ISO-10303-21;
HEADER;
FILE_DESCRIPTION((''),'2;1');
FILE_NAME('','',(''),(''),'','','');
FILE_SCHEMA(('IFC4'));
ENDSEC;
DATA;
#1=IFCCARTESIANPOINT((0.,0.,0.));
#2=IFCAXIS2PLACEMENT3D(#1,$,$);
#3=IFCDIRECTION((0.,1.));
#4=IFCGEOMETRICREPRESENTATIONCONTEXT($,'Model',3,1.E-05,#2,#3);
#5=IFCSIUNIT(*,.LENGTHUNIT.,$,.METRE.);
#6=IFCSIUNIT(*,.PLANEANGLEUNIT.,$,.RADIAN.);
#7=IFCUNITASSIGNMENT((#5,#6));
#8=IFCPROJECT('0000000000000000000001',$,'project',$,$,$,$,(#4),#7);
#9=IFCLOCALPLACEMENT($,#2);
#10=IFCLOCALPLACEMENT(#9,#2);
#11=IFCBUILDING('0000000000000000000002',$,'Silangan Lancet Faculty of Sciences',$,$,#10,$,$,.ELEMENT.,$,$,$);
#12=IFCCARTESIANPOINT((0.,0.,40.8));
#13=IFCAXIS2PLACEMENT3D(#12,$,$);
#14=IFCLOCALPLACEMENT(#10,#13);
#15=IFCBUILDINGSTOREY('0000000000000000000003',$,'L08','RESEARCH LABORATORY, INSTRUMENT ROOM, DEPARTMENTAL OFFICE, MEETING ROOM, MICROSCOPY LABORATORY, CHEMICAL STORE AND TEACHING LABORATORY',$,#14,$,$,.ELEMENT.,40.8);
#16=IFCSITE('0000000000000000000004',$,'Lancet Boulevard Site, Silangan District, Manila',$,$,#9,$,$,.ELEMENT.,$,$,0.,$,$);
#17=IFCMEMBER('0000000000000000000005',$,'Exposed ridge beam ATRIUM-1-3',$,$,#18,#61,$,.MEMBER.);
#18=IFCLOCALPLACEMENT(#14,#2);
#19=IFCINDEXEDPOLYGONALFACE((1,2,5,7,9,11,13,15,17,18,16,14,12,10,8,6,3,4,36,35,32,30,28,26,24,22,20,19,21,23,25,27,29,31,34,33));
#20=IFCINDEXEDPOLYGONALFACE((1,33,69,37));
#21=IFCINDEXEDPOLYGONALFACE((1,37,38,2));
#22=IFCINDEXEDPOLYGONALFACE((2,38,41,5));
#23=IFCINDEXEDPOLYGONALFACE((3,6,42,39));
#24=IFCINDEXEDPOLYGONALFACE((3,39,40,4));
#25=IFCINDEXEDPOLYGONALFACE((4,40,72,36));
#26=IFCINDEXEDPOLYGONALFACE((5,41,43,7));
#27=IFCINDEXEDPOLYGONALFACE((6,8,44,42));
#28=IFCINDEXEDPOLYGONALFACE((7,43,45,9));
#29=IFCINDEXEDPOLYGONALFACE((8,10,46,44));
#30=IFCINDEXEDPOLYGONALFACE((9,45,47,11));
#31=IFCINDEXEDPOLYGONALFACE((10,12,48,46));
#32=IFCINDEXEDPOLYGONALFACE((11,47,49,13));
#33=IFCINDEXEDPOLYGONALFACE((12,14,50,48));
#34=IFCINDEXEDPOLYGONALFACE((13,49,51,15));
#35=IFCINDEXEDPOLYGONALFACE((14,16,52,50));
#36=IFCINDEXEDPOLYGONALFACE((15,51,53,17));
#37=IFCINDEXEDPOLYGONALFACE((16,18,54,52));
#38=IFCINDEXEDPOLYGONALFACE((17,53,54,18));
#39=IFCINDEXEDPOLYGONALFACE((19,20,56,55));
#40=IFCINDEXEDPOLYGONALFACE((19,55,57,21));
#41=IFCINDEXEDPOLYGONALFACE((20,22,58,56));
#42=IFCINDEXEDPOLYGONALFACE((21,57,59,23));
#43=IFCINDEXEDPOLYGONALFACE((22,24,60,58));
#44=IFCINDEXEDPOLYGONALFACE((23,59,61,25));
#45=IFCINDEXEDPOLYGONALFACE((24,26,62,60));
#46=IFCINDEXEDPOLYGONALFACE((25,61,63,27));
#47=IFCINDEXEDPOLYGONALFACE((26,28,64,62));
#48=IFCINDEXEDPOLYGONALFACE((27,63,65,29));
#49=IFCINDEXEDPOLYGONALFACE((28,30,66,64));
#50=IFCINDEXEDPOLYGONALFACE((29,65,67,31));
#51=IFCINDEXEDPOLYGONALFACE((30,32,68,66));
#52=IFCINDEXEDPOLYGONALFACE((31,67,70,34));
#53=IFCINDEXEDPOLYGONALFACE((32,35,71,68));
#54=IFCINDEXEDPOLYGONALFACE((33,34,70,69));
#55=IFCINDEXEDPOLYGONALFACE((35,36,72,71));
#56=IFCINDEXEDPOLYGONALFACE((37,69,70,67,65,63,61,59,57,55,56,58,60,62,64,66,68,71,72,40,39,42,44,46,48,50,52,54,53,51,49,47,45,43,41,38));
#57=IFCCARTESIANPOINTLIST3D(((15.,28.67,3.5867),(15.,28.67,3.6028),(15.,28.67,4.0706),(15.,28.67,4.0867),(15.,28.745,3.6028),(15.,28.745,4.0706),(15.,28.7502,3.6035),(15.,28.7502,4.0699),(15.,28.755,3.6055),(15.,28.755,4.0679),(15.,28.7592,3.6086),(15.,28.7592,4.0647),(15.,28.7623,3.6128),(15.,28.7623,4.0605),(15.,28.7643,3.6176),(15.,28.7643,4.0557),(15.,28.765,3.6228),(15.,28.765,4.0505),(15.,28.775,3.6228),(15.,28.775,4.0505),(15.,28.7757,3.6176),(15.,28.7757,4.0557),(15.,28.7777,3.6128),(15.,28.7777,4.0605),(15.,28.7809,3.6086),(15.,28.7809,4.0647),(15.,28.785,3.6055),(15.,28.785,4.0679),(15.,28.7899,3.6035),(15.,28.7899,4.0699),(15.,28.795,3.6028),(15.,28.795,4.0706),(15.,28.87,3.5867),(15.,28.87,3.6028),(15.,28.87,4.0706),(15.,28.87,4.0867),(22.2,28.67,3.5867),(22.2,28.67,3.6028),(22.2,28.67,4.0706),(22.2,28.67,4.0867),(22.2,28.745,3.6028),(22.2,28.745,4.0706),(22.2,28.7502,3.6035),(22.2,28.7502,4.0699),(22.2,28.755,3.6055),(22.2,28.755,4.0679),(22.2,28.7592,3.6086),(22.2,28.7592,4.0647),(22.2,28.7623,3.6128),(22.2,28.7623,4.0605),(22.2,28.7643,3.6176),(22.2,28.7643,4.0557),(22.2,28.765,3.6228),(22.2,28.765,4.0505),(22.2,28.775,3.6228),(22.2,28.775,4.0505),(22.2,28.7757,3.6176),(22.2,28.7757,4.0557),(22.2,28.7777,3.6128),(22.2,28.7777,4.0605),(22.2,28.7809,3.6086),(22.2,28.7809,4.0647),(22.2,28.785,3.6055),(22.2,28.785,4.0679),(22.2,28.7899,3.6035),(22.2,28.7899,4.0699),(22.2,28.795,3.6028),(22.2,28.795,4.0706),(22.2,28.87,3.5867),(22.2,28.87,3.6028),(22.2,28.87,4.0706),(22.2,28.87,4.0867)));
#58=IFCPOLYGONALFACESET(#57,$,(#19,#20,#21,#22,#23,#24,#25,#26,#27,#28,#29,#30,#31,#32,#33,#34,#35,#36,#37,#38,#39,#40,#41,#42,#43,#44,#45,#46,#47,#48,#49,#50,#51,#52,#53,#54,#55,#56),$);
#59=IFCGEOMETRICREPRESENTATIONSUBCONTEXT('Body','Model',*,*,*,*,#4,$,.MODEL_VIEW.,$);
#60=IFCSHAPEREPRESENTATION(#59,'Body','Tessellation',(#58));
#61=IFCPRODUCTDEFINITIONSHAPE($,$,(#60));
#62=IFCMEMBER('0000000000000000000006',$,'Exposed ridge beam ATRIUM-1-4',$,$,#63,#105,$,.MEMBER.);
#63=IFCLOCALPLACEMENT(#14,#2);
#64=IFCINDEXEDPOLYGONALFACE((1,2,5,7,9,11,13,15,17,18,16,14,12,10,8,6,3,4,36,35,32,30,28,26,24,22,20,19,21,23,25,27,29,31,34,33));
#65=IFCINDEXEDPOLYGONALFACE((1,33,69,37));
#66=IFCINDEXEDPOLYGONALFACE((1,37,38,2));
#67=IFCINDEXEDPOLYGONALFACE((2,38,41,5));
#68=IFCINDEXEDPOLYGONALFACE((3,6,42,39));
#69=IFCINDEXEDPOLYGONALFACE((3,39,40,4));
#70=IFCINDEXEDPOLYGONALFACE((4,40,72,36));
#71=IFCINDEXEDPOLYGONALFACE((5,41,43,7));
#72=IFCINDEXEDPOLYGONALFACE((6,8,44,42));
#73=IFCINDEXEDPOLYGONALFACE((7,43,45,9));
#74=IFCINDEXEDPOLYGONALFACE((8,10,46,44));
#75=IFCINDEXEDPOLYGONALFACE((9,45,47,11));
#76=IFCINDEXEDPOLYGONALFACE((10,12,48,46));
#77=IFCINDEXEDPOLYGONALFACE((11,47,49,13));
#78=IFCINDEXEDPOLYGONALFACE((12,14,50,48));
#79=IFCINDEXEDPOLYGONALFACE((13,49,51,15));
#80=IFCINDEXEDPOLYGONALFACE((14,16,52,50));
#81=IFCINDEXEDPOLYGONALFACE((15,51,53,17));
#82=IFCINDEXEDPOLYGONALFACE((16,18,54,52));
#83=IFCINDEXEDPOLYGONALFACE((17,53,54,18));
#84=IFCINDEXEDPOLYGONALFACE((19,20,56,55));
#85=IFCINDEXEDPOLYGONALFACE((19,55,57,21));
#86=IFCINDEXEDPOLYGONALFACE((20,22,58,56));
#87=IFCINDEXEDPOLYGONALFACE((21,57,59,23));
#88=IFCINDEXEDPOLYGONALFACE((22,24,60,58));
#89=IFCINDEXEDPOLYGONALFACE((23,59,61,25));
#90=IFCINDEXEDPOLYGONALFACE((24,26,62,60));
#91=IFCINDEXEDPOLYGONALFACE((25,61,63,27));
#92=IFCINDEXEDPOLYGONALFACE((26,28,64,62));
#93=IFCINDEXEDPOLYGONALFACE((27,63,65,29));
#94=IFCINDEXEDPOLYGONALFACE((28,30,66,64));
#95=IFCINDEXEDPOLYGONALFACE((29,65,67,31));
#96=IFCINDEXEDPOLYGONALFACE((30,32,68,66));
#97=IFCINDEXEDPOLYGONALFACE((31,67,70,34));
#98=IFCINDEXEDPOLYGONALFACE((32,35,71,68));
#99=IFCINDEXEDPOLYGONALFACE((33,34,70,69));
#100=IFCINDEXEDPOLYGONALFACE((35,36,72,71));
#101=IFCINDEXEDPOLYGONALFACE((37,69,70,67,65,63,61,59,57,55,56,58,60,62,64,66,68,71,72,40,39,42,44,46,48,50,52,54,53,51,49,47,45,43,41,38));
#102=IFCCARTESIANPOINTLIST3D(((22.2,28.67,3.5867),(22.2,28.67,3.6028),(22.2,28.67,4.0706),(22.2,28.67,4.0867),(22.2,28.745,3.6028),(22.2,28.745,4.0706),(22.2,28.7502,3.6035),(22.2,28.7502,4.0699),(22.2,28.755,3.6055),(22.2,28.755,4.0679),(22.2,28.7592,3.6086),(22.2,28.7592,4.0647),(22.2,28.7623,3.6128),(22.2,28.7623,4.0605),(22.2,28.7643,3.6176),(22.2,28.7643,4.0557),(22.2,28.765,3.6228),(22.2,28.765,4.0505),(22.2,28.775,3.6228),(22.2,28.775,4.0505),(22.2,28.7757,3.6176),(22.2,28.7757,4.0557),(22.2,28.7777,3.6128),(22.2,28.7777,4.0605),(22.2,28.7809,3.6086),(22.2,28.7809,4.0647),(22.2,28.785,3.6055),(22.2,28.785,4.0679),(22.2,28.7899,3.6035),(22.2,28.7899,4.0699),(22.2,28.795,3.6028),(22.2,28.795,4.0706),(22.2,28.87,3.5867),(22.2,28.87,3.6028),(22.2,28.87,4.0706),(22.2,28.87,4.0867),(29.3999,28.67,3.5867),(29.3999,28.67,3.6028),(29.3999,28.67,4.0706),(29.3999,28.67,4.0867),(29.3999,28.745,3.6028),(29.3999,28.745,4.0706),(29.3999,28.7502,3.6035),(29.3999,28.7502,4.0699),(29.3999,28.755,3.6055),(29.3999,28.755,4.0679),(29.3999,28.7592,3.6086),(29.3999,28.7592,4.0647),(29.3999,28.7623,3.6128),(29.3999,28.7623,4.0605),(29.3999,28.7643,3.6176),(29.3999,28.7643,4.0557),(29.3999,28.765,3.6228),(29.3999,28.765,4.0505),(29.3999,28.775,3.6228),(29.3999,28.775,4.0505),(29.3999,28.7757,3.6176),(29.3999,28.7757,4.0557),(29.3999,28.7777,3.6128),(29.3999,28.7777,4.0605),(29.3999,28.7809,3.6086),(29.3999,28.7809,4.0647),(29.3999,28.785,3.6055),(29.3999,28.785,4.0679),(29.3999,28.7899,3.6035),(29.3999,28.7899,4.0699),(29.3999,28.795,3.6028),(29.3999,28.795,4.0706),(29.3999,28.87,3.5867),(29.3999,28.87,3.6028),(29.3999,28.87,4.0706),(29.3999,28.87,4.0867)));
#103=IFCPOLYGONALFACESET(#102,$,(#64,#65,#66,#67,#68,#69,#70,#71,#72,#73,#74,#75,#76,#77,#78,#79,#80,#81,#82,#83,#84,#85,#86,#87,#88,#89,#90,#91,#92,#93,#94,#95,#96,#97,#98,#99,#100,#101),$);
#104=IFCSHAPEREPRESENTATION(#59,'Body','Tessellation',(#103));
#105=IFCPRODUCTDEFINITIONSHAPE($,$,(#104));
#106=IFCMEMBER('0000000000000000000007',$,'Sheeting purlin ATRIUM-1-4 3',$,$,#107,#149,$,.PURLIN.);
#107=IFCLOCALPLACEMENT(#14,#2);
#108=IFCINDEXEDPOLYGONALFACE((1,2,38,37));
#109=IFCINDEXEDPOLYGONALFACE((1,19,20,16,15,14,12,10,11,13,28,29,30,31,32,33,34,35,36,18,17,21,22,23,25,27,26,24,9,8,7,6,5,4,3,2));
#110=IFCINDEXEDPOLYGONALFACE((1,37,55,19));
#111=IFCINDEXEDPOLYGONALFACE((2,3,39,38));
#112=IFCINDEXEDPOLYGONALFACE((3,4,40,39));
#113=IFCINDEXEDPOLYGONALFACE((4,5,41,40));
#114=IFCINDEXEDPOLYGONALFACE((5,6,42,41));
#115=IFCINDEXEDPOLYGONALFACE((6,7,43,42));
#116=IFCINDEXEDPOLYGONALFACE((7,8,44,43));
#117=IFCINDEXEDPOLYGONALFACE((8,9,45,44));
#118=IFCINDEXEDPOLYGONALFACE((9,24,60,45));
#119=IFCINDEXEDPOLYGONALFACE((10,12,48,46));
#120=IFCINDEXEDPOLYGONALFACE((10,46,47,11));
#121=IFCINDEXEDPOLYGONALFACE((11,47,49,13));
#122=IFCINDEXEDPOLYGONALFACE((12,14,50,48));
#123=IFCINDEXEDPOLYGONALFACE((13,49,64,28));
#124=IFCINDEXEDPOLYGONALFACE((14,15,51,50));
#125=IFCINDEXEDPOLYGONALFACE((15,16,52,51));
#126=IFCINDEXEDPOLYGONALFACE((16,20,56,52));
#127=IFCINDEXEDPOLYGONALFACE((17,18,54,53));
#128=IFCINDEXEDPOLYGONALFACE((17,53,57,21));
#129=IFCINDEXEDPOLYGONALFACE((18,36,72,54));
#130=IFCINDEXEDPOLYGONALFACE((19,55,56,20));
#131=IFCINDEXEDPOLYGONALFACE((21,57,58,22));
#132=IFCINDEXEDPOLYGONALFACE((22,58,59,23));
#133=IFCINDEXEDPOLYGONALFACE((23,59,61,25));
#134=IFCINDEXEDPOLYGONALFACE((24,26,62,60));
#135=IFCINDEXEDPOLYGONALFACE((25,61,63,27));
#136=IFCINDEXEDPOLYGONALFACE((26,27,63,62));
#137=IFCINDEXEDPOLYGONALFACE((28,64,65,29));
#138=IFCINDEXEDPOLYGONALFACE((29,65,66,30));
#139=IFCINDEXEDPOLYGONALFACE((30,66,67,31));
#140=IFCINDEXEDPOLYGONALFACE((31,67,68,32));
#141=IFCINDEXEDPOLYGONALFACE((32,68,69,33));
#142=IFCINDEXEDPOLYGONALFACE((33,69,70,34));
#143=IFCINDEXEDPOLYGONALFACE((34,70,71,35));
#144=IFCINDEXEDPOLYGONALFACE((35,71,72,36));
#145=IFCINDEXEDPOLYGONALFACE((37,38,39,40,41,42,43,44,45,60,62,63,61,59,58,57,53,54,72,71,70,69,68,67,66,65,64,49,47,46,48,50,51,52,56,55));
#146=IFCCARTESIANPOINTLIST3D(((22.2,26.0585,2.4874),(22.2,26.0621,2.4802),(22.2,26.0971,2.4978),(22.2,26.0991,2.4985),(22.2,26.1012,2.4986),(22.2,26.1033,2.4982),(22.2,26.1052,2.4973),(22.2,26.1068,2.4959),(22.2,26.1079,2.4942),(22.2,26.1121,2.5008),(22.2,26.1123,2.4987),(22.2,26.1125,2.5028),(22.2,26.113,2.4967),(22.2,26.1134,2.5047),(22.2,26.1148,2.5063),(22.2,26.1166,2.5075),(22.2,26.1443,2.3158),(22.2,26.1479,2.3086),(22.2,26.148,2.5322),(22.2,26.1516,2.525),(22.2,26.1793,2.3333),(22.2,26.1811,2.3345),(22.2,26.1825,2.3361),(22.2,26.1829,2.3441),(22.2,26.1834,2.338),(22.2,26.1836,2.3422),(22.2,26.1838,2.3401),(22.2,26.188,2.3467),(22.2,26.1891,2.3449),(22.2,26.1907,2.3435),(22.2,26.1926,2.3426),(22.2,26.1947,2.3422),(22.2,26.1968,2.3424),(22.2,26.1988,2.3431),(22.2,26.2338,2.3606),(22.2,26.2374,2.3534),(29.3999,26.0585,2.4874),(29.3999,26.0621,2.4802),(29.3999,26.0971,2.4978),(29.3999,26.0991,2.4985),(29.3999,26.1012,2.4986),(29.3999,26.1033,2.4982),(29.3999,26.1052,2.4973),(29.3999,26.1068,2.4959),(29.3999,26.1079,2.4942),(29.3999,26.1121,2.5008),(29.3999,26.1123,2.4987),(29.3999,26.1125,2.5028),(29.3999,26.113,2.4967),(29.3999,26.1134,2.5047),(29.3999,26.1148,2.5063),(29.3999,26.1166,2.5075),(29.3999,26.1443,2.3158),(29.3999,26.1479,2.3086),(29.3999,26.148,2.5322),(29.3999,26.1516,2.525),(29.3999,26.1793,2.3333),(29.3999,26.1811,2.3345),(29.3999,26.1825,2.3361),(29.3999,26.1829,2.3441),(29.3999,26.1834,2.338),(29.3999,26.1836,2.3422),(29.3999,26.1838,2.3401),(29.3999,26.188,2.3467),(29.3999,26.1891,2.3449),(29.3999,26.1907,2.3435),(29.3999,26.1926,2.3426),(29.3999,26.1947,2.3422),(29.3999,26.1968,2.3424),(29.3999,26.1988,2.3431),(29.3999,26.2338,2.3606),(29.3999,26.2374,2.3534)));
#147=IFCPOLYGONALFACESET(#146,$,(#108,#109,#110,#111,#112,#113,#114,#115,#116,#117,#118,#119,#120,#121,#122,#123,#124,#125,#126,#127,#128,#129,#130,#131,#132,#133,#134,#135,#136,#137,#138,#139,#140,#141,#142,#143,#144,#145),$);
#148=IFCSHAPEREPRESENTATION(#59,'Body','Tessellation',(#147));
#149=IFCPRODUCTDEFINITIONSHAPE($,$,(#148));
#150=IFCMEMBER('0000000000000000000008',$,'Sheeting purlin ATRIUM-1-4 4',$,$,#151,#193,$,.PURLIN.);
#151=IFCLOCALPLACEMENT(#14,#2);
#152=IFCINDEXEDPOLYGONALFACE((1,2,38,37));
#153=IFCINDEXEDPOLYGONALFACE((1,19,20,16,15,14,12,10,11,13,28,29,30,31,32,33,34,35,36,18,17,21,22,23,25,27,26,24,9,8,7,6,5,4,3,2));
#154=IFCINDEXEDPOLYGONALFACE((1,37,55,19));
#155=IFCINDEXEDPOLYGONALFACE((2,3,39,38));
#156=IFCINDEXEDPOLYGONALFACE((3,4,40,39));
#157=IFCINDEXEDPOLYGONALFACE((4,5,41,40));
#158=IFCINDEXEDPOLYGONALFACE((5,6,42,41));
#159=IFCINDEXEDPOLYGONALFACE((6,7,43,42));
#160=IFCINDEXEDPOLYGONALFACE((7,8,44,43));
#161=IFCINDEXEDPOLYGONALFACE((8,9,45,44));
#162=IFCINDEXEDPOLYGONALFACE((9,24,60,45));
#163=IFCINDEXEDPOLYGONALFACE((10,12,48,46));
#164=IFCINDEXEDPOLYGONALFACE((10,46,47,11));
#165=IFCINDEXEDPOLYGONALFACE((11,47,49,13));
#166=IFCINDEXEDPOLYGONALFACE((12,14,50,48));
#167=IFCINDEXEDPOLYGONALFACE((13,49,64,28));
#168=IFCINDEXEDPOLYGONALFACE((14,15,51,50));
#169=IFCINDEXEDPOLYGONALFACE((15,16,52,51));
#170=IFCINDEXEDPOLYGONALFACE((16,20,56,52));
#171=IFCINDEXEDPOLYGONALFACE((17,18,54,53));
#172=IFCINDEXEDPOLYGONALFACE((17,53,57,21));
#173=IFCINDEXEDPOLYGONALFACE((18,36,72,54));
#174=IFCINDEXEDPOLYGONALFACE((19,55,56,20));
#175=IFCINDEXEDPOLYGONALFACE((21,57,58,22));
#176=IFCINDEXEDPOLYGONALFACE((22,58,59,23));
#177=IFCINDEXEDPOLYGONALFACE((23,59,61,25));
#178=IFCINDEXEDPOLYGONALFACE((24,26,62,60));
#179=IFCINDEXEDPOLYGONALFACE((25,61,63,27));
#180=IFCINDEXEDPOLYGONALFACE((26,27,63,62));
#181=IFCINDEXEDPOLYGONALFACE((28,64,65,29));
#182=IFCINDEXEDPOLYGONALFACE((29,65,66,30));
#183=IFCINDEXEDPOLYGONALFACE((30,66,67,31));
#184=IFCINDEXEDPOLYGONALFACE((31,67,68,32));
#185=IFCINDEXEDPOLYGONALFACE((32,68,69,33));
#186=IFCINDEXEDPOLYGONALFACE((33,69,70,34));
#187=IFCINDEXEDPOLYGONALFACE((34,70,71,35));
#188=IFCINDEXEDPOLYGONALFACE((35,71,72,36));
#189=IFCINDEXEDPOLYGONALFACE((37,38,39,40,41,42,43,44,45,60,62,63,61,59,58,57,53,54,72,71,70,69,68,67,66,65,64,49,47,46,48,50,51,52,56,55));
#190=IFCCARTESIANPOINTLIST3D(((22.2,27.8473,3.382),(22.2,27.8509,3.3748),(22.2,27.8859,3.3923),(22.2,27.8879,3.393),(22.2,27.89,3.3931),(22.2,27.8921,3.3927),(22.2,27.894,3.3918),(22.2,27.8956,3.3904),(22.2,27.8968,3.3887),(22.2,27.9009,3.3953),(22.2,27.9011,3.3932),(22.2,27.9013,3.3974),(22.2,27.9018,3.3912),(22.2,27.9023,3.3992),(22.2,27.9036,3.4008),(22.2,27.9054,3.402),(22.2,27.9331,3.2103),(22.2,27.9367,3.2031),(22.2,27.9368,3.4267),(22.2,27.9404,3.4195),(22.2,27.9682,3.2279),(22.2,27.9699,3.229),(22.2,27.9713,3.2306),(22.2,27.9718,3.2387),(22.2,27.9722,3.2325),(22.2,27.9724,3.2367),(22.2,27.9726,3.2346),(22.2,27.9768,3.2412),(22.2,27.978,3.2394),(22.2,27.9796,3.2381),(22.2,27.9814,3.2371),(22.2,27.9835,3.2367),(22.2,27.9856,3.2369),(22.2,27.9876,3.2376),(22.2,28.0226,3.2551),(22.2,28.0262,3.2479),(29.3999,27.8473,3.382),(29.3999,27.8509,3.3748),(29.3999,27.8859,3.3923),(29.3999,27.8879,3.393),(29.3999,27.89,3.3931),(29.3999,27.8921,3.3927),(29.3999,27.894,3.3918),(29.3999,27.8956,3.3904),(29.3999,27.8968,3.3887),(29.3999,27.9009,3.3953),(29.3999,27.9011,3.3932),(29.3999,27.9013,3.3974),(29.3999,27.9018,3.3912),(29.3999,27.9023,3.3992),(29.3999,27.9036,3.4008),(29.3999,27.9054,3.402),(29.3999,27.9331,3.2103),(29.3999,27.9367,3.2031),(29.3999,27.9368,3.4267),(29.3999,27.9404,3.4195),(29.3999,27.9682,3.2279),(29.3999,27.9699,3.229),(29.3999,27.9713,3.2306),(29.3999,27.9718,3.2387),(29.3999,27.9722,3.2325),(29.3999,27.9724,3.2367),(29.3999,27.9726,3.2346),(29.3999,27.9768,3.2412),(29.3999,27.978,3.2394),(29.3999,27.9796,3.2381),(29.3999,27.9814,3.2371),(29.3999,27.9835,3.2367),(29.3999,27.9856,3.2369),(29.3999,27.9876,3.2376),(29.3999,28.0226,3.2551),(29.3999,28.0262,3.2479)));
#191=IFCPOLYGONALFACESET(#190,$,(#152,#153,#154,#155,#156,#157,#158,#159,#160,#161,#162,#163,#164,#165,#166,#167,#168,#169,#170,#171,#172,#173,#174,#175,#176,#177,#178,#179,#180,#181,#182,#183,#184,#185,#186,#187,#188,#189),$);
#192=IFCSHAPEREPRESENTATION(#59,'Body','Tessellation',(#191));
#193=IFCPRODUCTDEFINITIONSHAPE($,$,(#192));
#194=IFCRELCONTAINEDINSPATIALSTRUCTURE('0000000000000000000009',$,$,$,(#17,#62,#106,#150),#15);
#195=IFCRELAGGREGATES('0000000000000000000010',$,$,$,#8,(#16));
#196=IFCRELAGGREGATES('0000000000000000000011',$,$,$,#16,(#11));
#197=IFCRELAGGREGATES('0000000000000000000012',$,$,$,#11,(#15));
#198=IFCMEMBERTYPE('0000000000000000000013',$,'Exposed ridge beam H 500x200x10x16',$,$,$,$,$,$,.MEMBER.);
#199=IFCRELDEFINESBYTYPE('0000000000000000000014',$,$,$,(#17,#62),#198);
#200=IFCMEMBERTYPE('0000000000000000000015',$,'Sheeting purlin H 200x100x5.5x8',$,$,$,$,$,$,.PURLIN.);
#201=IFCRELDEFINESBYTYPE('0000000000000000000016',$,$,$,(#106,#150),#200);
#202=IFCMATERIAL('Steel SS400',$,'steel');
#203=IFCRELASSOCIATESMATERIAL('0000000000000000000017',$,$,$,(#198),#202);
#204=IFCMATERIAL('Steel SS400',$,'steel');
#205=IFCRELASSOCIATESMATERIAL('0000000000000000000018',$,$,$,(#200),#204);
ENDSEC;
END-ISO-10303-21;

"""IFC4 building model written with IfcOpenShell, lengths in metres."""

from ifc_helpers import new_model, si_unit, direction, frame, origin, origin_2d, place, context, subcontext, project, spatial, i_section, extrude, material, material_profile, profile_set, type_object, element, save


model = new_model("IFC4")

# Units and contexts
model_context = context("Model", 3, precision=1e-05, world=origin(), true_north=direction((0.0, 1.0)))
body_context = subcontext(model_context, "Body", "Model", "MODEL_VIEW")
ifc_project = project(units=[si_unit("LENGTHUNIT", "METRE"), si_unit("PLANEANGLEUNIT", "RADIAN")], contexts=[model_context])

# Site, building, storey
site_placement = place(None, origin())
site = spatial("IfcSite", under=ifc_project, at=site_placement, Name="Lancet Boulevard Site, Silangan District, Manila", CompositionType="ELEMENT", RefElevation=0.0)
building_placement = place(site_placement, origin())
building = spatial("IfcBuilding", under=site, at=building_placement, Name="Silangan Lancet Faculty of Sciences", CompositionType="ELEMENT")
storey_placement = place(building_placement, frame((0.0, 0.0, 40.8)))
storey = spatial("IfcBuildingStorey", under=building, at=storey_placement, Name="L08", Description="RESEARCH LABORATORY, INSTRUMENT ROOM, DEPARTMENTAL OFFICE, MEETING ROOM, MICROSCOPY LABORATORY, CHEMICAL STORE AND TEACHING LABORATORY", CompositionType="ELEMENT", Elevation=40.8)

# Members
ifc_material_1 = material(Name="Steel SS400", Category="steel")
ifc_material_profile_1 = material_profile(ifc_material_1, i_section(OverallWidth=0.2, OverallDepth=0.5, WebThickness=0.01, FlangeThickness=0.0161, FilletRadius=0.02, at=origin_2d()), Name="H 500x200x10x16")
ifc_profile_set_1 = profile_set([ifc_material_profile_1], Name="Steel SS400")
member_type_1 = type_object("IfcMemberType", Name="Exposed ridge beam H 500x200x10x16", PredefinedType="MEMBER", material=ifc_profile_set_1)
for number, where, z_axis, x_axis, name in (
    (1, (15.0, 28.77, 3.8367), (1.0, 0.0, 0.0), (0.0, 1.0, 0.0), "Exposed ridge beam ATRIUM-1-3"),
    (2, (22.2, 28.77, 3.8367), (1.0, 0.0, 0.0), (0.0, 1.0, 0.0), "Exposed ridge beam ATRIUM-1-4"),
):
    element("IfcMember", number, at=place(storey_placement, frame(where, z_axis=z_axis, x_axis=x_axis)), inside=storey, type_object=member_type_1, Name=name, PredefinedType="MEMBER", context=body_context, shape_type="SweptSolid", body=[
        extrude(i_section(OverallWidth=0.2, OverallDepth=0.5, WebThickness=0.01, FlangeThickness=0.0161, FilletRadius=0.02, at=origin_2d()), origin(), (0.0, 0.0, 1.0), 7.2),
    ])
ifc_material_2 = material(Name="Steel SS400", Category="steel")
ifc_material_profile_2 = material_profile(ifc_material_2, i_section(OverallWidth=0.1001, OverallDepth=0.2, WebThickness=0.0056, FlangeThickness=0.0081, FilletRadius=0.0081, at=origin_2d()), Name="H 200x100x5.5x8")
ifc_profile_set_2 = profile_set([ifc_material_profile_2], Name="Steel SS400")
member_type_2 = type_object("IfcMemberType", Name="Sheeting purlin H 200x100x5.5x8", PredefinedType="PURLIN", material=ifc_profile_set_2)
for number, where, z_axis, x_axis, name in (
    (3, (22.2, 26.1479, 2.4204), (1.0, 0.0, 0.0), (0.0, 0.894427, 0.447214), "Sheeting purlin ATRIUM-1-4 3"),
    (4, (22.2, 27.9368, 3.3149), (1.0, 0.0, 0.0), (0.0, 0.894427, 0.447214), "Sheeting purlin ATRIUM-1-4 4"),
):
    element("IfcMember", number, at=place(storey_placement, frame(where, z_axis=z_axis, x_axis=x_axis)), inside=storey, type_object=member_type_2, Name=name, PredefinedType="PURLIN", context=body_context, shape_type="SweptSolid", body=[
        extrude(i_section(OverallWidth=0.1001, OverallDepth=0.2, WebThickness=0.0056, FlangeThickness=0.0081, FilletRadius=0.0081, at=origin_2d()), origin(), (0.0, 0.0, 1.0), 7.2),
    ])

save(model, "model.ifc")
